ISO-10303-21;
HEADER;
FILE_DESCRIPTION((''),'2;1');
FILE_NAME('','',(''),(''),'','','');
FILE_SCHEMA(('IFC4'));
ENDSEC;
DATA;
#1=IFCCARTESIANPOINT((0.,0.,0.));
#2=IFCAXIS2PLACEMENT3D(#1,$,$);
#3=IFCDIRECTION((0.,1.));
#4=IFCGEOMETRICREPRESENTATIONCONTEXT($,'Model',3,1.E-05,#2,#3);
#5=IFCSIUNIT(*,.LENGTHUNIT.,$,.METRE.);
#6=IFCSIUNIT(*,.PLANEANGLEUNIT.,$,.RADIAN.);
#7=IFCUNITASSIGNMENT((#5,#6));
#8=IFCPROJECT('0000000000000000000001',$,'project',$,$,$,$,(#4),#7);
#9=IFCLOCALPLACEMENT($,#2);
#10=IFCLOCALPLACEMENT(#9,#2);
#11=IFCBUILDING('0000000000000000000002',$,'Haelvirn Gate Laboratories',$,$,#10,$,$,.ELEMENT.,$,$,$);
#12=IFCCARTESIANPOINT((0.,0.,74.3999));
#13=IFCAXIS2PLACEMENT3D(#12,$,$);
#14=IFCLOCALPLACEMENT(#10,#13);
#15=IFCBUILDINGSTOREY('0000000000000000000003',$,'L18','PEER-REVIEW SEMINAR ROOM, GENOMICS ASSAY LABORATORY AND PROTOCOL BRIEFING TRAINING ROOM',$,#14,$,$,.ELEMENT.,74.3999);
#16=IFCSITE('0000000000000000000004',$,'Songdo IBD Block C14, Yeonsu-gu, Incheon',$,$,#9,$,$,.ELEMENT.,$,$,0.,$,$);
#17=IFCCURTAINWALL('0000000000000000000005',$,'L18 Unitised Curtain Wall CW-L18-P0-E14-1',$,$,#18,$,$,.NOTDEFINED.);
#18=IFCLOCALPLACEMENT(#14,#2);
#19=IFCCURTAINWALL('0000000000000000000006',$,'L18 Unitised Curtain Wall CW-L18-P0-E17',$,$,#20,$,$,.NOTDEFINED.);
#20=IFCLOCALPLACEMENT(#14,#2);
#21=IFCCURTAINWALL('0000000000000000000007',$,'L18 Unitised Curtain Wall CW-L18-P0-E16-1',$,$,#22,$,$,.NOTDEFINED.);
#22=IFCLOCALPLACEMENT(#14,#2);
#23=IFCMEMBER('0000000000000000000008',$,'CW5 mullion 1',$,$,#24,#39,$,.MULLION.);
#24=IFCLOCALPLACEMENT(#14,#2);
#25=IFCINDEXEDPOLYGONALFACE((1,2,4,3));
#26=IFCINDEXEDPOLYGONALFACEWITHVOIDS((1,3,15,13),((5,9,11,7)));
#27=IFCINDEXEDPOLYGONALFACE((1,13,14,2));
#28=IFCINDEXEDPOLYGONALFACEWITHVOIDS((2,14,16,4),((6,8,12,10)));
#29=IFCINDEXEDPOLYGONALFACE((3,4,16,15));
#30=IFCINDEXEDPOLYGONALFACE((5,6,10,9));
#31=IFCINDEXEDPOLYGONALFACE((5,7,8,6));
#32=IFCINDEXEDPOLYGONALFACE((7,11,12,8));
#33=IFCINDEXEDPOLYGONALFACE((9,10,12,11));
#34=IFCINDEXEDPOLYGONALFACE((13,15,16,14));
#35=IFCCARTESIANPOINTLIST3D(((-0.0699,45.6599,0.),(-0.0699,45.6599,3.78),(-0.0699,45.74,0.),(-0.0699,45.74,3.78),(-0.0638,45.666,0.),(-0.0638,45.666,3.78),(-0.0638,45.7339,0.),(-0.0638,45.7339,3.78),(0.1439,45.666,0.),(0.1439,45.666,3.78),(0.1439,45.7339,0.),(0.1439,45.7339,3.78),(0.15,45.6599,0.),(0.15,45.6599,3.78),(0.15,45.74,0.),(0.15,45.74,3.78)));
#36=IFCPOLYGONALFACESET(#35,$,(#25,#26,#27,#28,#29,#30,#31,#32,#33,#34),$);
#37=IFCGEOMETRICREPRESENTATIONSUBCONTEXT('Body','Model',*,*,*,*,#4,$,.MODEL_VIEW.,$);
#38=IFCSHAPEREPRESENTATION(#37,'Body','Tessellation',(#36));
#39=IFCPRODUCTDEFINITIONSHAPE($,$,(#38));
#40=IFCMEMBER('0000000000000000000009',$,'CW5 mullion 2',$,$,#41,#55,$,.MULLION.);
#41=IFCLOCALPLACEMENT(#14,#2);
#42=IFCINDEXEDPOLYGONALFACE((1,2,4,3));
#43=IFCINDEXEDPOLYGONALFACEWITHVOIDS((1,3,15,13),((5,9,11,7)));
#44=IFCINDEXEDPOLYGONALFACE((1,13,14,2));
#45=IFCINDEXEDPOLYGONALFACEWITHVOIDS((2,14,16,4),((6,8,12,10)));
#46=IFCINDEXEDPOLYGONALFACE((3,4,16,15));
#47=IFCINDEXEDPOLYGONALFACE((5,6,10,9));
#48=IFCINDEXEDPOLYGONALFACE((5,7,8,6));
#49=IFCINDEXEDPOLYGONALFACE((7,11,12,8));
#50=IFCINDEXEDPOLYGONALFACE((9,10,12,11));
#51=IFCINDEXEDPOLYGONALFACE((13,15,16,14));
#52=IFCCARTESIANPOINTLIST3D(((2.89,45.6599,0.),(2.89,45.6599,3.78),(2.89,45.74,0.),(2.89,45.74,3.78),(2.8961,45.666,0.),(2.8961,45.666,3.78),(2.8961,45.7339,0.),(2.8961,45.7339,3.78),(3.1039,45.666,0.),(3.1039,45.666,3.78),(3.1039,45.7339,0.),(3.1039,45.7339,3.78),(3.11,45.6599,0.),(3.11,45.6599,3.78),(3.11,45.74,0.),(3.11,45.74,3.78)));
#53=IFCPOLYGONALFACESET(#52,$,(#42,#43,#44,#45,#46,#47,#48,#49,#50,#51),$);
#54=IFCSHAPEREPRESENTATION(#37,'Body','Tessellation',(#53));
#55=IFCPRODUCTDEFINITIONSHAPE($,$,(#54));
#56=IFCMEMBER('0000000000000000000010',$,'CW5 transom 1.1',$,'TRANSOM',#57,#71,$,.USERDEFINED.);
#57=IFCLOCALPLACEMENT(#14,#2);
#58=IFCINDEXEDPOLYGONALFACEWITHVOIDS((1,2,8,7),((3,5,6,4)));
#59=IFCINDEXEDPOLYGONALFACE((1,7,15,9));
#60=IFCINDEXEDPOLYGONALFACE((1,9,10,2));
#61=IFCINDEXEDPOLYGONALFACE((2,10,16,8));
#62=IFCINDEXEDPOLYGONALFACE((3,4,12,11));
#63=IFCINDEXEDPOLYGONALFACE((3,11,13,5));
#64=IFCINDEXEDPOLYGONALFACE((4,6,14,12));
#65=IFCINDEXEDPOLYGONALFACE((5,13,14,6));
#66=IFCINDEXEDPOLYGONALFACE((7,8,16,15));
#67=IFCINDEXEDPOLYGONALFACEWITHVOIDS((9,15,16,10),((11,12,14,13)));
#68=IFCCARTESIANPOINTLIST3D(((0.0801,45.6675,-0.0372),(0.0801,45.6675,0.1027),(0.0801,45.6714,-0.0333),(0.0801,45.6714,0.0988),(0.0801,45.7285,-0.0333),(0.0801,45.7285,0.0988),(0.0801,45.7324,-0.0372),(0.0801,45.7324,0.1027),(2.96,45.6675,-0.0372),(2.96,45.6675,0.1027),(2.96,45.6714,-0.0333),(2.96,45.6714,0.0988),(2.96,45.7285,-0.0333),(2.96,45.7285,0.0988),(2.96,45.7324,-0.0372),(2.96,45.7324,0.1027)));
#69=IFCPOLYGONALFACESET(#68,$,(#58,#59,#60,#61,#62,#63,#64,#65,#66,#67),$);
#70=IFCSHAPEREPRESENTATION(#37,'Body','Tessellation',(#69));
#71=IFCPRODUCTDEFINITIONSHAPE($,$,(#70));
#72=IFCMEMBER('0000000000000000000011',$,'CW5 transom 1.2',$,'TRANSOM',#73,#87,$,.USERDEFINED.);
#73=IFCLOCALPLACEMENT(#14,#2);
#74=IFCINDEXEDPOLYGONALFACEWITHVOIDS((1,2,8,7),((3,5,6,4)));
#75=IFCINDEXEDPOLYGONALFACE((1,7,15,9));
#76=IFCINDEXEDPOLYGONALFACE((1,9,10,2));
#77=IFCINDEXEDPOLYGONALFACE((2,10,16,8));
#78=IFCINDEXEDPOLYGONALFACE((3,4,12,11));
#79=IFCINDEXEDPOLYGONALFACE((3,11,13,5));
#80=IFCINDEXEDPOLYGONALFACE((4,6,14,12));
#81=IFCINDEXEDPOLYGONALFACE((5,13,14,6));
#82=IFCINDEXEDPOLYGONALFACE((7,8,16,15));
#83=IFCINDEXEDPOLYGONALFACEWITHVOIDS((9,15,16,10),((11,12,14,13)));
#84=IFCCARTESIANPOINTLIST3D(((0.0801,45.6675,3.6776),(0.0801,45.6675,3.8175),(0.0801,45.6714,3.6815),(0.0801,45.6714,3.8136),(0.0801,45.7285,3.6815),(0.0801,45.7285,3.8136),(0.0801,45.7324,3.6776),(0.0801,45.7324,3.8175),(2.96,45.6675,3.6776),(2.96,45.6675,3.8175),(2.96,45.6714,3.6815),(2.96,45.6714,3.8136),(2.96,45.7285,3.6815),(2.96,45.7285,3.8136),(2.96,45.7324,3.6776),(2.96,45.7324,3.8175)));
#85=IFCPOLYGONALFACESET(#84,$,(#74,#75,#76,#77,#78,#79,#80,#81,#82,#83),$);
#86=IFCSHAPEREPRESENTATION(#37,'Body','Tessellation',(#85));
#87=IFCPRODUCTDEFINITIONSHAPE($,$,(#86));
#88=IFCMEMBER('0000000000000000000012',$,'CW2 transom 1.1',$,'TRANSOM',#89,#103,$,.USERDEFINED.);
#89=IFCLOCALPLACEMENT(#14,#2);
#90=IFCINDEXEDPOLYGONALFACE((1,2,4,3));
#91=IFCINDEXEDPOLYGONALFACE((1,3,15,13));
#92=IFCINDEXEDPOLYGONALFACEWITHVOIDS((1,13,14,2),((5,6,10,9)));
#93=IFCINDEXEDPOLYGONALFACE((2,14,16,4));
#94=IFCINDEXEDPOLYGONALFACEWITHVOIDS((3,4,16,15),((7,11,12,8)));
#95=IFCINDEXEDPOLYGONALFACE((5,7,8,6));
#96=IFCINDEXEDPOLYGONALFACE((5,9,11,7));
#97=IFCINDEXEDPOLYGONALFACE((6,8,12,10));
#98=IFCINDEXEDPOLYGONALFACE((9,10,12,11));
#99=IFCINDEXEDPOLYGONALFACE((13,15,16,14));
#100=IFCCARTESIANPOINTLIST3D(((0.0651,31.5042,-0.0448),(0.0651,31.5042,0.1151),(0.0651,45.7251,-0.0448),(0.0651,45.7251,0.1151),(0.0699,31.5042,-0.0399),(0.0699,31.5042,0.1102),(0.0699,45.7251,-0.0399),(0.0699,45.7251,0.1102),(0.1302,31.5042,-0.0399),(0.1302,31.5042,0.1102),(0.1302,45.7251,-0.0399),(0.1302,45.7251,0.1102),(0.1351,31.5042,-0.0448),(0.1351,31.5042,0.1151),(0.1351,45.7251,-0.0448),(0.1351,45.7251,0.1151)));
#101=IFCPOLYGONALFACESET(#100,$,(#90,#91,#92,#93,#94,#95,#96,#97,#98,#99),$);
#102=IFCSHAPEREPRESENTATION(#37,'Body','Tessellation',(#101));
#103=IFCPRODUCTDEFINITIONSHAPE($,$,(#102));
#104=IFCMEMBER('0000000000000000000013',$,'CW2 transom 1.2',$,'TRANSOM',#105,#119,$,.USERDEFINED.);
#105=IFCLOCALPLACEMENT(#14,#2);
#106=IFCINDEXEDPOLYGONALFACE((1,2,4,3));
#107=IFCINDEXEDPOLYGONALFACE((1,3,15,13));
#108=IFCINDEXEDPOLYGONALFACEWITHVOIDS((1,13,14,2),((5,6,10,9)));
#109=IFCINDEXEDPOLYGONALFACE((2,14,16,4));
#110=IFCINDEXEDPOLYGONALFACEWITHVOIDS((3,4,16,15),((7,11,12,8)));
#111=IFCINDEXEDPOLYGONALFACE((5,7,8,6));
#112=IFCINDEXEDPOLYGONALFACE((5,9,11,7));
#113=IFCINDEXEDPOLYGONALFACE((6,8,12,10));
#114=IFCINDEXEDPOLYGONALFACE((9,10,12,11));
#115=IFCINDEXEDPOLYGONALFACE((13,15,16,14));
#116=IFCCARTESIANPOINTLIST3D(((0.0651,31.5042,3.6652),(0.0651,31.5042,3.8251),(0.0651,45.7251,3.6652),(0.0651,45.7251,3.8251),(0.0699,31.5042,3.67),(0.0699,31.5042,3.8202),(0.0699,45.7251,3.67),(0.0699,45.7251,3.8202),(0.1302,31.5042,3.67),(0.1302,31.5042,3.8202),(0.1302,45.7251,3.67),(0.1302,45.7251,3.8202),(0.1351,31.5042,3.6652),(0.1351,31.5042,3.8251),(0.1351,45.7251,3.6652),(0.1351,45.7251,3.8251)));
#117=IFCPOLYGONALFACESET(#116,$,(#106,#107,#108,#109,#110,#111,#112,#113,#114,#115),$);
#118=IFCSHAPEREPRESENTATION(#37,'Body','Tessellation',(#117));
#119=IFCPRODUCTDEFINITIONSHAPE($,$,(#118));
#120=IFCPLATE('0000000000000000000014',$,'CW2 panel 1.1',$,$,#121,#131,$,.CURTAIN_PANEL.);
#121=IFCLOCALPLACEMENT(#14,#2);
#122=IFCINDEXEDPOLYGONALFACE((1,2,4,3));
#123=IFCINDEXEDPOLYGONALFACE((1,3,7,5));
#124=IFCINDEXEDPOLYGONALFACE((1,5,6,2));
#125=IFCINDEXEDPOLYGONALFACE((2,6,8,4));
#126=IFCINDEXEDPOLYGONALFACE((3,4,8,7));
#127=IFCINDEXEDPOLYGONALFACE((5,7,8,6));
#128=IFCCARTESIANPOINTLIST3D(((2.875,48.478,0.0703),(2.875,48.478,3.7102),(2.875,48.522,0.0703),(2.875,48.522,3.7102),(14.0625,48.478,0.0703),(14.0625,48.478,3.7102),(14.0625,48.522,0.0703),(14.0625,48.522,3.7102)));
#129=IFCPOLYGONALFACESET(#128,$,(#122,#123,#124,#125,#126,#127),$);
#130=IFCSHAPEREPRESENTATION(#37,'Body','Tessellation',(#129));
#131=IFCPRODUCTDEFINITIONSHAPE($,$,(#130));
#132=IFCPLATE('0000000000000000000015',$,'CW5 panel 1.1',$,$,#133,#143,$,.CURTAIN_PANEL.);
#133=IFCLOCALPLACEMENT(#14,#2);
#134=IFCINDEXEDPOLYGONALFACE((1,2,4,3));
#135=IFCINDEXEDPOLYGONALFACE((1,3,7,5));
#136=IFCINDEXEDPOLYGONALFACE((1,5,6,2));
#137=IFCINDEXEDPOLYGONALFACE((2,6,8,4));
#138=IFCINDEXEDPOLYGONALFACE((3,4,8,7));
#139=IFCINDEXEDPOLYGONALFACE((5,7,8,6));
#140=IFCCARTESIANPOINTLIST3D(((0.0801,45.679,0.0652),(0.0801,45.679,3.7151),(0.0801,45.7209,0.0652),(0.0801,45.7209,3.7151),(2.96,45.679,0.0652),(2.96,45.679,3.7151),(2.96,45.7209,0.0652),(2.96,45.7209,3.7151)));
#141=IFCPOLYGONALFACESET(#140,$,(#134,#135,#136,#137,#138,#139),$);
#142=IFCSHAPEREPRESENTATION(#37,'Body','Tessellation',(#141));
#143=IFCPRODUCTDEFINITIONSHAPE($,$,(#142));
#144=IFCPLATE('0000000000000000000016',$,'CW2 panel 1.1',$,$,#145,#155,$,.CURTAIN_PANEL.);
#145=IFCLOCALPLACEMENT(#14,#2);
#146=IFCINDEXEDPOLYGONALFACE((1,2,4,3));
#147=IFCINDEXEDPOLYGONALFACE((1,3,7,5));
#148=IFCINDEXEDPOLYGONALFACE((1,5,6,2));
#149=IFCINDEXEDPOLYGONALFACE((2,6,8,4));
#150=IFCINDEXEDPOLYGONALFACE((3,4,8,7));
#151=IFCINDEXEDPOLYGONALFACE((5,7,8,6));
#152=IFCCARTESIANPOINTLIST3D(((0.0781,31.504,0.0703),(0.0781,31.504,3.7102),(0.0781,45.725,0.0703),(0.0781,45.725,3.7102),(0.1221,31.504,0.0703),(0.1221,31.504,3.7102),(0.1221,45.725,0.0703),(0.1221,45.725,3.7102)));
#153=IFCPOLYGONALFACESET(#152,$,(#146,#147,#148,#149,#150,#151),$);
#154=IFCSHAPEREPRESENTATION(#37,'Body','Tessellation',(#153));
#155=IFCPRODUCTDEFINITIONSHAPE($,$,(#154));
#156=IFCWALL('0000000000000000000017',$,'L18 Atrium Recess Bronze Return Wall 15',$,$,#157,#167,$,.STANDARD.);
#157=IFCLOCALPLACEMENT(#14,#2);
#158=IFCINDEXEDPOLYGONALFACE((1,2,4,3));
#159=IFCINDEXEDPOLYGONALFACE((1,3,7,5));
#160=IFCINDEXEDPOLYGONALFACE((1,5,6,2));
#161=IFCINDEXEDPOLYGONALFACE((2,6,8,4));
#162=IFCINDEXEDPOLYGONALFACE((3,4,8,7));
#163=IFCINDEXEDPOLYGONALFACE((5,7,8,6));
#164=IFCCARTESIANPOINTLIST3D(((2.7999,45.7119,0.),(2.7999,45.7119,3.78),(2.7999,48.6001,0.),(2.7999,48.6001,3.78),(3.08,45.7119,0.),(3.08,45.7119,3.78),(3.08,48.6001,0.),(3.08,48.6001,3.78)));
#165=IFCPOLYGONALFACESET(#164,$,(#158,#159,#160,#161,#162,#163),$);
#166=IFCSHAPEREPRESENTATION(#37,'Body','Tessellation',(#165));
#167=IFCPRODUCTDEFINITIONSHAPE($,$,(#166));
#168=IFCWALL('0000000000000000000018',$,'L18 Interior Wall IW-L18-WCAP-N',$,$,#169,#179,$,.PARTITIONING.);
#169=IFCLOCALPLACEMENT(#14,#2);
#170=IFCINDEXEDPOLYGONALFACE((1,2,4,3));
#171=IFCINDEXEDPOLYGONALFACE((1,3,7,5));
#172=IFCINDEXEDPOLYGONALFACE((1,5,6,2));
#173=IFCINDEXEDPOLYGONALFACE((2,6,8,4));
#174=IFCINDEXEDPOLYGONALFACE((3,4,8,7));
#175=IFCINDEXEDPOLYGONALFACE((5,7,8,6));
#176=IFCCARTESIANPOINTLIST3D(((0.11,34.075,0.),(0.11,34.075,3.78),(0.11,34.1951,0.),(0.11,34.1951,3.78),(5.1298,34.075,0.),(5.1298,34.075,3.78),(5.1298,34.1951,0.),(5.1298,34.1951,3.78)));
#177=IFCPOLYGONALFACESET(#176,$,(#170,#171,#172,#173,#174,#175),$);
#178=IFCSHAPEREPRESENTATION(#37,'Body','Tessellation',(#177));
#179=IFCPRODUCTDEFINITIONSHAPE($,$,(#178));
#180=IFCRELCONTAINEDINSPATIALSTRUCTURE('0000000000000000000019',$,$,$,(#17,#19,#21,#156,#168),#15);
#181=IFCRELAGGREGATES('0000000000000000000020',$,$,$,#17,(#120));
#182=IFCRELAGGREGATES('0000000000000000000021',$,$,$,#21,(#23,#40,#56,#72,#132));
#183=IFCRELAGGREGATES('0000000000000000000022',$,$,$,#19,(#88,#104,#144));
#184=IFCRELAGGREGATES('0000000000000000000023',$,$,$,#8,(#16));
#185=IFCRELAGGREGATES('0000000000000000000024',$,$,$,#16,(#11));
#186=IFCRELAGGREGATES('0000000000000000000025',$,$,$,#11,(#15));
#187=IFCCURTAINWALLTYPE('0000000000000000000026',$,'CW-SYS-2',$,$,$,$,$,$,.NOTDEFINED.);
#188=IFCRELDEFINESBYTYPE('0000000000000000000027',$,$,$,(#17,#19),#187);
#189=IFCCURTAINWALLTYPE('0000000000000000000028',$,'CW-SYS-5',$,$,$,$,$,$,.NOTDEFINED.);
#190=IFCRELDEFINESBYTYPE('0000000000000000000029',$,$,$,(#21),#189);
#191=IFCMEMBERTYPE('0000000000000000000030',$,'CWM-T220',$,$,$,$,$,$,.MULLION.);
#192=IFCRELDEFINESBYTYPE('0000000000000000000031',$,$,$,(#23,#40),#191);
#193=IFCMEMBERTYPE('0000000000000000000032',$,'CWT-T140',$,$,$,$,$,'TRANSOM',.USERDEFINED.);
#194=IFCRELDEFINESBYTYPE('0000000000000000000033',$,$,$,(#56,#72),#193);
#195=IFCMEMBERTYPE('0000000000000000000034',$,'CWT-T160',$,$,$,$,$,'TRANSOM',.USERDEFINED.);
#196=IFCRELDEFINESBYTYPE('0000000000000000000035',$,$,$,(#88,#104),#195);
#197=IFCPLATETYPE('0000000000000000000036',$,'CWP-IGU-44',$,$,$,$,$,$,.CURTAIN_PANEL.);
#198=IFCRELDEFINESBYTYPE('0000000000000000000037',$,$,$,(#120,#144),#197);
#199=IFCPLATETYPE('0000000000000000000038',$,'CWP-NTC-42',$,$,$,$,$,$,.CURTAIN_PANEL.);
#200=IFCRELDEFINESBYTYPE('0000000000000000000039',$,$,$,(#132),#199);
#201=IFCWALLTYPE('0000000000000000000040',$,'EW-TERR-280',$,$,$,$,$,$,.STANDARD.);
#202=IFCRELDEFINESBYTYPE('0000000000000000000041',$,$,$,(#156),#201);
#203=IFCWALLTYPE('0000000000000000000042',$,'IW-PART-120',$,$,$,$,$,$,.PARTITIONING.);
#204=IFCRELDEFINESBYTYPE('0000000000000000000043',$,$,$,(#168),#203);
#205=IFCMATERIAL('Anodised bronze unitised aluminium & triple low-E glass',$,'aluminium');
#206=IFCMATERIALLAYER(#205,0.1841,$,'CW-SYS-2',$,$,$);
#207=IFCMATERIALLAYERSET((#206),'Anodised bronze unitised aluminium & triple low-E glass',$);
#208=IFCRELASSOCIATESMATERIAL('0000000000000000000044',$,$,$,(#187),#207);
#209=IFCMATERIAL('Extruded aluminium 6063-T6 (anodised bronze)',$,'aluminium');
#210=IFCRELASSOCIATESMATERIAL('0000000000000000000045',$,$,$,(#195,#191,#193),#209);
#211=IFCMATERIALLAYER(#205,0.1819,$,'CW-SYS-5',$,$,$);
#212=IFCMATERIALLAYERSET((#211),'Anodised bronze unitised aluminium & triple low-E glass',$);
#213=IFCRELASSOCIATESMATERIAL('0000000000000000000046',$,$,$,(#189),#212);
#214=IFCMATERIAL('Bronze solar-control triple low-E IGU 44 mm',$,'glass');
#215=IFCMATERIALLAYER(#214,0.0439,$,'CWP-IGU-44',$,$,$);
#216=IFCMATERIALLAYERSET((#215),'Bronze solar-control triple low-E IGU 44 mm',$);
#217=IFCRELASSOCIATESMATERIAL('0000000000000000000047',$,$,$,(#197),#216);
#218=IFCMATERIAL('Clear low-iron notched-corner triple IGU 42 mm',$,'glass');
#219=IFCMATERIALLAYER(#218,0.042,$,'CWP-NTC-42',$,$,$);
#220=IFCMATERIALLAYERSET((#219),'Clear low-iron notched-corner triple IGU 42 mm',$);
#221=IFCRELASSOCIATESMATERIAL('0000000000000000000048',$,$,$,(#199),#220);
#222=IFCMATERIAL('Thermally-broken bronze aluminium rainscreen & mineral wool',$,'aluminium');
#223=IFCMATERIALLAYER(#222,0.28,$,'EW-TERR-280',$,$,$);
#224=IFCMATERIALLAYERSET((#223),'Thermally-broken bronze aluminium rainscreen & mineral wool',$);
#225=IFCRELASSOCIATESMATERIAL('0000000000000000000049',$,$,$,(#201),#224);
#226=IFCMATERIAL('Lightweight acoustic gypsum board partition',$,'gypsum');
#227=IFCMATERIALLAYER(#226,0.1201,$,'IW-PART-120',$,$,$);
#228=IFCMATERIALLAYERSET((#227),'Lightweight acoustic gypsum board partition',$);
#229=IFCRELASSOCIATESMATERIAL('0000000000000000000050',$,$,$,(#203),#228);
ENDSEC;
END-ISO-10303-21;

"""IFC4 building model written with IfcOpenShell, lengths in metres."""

from ifc_helpers import new_model, si_unit, direction, frame, frame_2d, origin, origin_2d, place, context, subcontext, project, spatial, rectangle, hollow_rectangle, extrude, source, transform, mapped, material, layer, layer_set, material_profile, profile_set, type_object, type_shapes, element, aggregate, save


model = new_model("IFC4")

# Units and contexts
model_context = context("Model", 3, precision=1e-05, world=origin(), true_north=direction((0.0, 1.0)))
body_context = subcontext(model_context, "Body", "Model", "MODEL_VIEW")
ifc_project = project(units=[si_unit("LENGTHUNIT", "METRE"), si_unit("PLANEANGLEUNIT", "RADIAN")], contexts=[model_context])

# Site, building, storey
site_placement = place(None, origin())
site = spatial("IfcSite", under=ifc_project, at=site_placement, Name="Songdo IBD Block C14, Yeonsu-gu, Incheon", CompositionType="ELEMENT", RefElevation=0.0)
building_placement = place(site_placement, origin())
building = spatial("IfcBuilding", under=site, at=building_placement, Name="Haelvirn Gate Laboratories", CompositionType="ELEMENT")
storey_placement = place(building_placement, frame((0.0, 0.0, 74.3999)))
storey = spatial("IfcBuildingStorey", under=building, at=storey_placement, Name="L18", Description="PEER-REVIEW SEMINAR ROOM, GENOMICS ASSAY LABORATORY AND PROTOCOL BRIEFING TRAINING ROOM", CompositionType="ELEMENT", Elevation=74.3999)

# Curtain walls
ifc_material_1 = material(Name="Anodised bronze unitised aluminium & triple low-E glass", Category="aluminium")
ifc_layer_1 = layer(ifc_material_1, 0.1841, Name="CW-SYS-2")
ifc_layer_set_1 = layer_set([ifc_layer_1], Name="Anodised bronze unitised aluminium & triple low-E glass")
curtain_wall_type_1 = type_object("IfcCurtainWallType", Name="CW-SYS-2", PredefinedType="NOTDEFINED", material=ifc_layer_set_1)
curtain_wall_1_placement = place(storey_placement, origin())
curtain_wall_1 = element("IfcCurtainWall", 1, at=curtain_wall_1_placement, inside=storey, type_object=curtain_wall_type_1, Name="L18 Unitised Curtain Wall CW-L18-P0-E14-1", PredefinedType="NOTDEFINED")
ifc_material_2 = material(Name="Extruded aluminium 6063-T6 (anodised bronze)", Category="aluminium")
curtain_wall_2_placement = place(storey_placement, origin())
curtain_wall_2 = element("IfcCurtainWall", 2, at=curtain_wall_2_placement, inside=storey, type_object=curtain_wall_type_1, Name="L18 Unitised Curtain Wall CW-L18-P0-E17", PredefinedType="NOTDEFINED")

# Shared definitions
ifc_material_profile_1 = material_profile(ifc_material_2, hollow_rectangle(XDim=0.0701, YDim=0.1599, WallThickness=0.0049, at=origin_2d()), Name="CWT-160x70x5")
ifc_profile_set_1 = profile_set([ifc_material_profile_1], Name="Extruded aluminium 6063-T6 (anodised bronze)")
member_type_1 = type_object("IfcMemberType", Name="CWT-T160", ElementType="TRANSOM", PredefinedType="USERDEFINED", material=ifc_profile_set_1)

# Curtain wall, members
ifc_layer_2 = layer(ifc_material_1, 0.1819, Name="CW-SYS-5")
ifc_layer_set_2 = layer_set([ifc_layer_2], Name="Anodised bronze unitised aluminium & triple low-E glass")
curtain_wall_type_2 = type_object("IfcCurtainWallType", Name="CW-SYS-5", PredefinedType="NOTDEFINED", material=ifc_layer_set_2)
curtain_wall_3_placement = place(storey_placement, origin())
curtain_wall_3 = element("IfcCurtainWall", 3, at=curtain_wall_3_placement, inside=storey, type_object=curtain_wall_type_2, Name="L18 Unitised Curtain Wall CW-L18-P0-E16-1", PredefinedType="NOTDEFINED")
ifc_material_profile_2 = material_profile(ifc_material_2, hollow_rectangle(XDim=0.0801, YDim=0.22, WallThickness=0.0061, at=origin_2d()), Name="CWM-220x80x6")
ifc_profile_set_2 = profile_set([ifc_material_profile_2], Name="Extruded aluminium 6063-T6 (anodised bronze)")
member_type_2 = type_object("IfcMemberType", Name="CWM-T220", PredefinedType="MULLION", material=ifc_profile_set_2)
shared_shape_1 = source(origin(), body_context, "Body", "SweptSolid", [
    extrude(hollow_rectangle(XDim=0.0801, YDim=0.22, WallThickness=0.0061, at=origin_2d()), origin(), (0.0, 0.0, 1.0), 3.78),
])
type_shapes(member_type_2, [shared_shape_1])
member_1_placement = place(storey_placement, frame((0.04, 45.7, 0.0), z_axis=(0.0, 0.0, 1.0), x_axis=(0.0, 1.0, 0.0)))
member_1 = element("IfcMember", 4, at=member_1_placement, type_object=member_type_2, Name="CW5 mullion 1", PredefinedType="MULLION", context=body_context, shape_type="MappedRepresentation", body=[
    mapped(shared_shape_1, transform((0.0, 0.0, 0.0), scale=1.0)),
])
member_2_placement = place(storey_placement, frame((3.0, 45.7, 0.0), z_axis=(0.0, 0.0, 1.0), x_axis=(0.0, 1.0, 0.0)))
member_2 = element("IfcMember", 5, at=member_2_placement, type_object=member_type_2, Name="CW5 mullion 2", PredefinedType="MULLION", context=body_context, shape_type="MappedRepresentation", body=[
    mapped(shared_shape_1, transform((0.0, 0.0, 0.0), scale=1.0)),
])
ifc_material_profile_3 = material_profile(ifc_material_2, hollow_rectangle(XDim=0.0649, YDim=0.1399, WallThickness=0.0039, at=origin_2d()), Name="CWT-140x65x4")
ifc_profile_set_3 = profile_set([ifc_material_profile_3], Name="Extruded aluminium 6063-T6 (anodised bronze)")
member_type_3 = type_object("IfcMemberType", Name="CWT-T140", ElementType="TRANSOM", PredefinedType="USERDEFINED", material=ifc_profile_set_3)
shared_shape_2 = source(origin(), body_context, "Body", "SweptSolid", [
    extrude(hollow_rectangle(XDim=0.0649, YDim=0.1399, WallThickness=0.0039, at=origin_2d()), origin(), (0.0, 0.0, 1.0), 2.8799),
])
type_shapes(member_type_3, [shared_shape_2])
member_3_placement = place(storey_placement, frame((0.0801, 45.7, 0.0327), z_axis=(1.0, 0.0, 0.0), x_axis=(0.0, 1.0, 0.0)))
member_3 = element("IfcMember", 6, at=member_3_placement, type_object=member_type_3, Name="CW5 transom 1.1", ObjectType="TRANSOM", PredefinedType="USERDEFINED", context=body_context, shape_type="MappedRepresentation", body=[
    mapped(shared_shape_2, transform((0.0, 0.0, 0.0), scale=1.0)),
])
member_4_placement = place(storey_placement, frame((0.0801, 45.7, 3.7476), z_axis=(1.0, 0.0, 0.0), x_axis=(0.0, 1.0, 0.0)))
member_4 = element("IfcMember", 7, at=member_4_placement, type_object=member_type_3, Name="CW5 transom 1.2", ObjectType="TRANSOM", PredefinedType="USERDEFINED", context=body_context, shape_type="MappedRepresentation", body=[
    mapped(shared_shape_2, transform((0.0, 0.0, 0.0), scale=1.0)),
])

# Members
shared_shape_3 = source(origin(), body_context, "Body", "SweptSolid", [
    extrude(hollow_rectangle(XDim=0.0701, YDim=0.1599, WallThickness=0.0049, at=origin_2d()), origin(), (0.0, 0.0, 1.0), 14.2209),
])
member_5_placement = place(storey_placement, frame((0.1001, 45.7251, 0.0352), z_axis=(0.0, -1.0, 0.0), x_axis=(1.0, 0.0, 0.0)))
member_5 = element("IfcMember", 8, at=member_5_placement, type_object=member_type_1, Name="CW2 transom 1.1", ObjectType="TRANSOM", PredefinedType="USERDEFINED", context=body_context, shape_type="MappedRepresentation", body=[
    mapped(shared_shape_3, transform((0.0, 0.0, 0.0), scale=1.0)),
])
member_6_placement = place(storey_placement, frame((0.1001, 45.7251, 3.7451), z_axis=(0.0, -1.0, 0.0), x_axis=(1.0, 0.0, 0.0)))
member_6 = element("IfcMember", 9, at=member_6_placement, type_object=member_type_1, Name="CW2 transom 1.2", ObjectType="TRANSOM", PredefinedType="USERDEFINED", context=body_context, shape_type="MappedRepresentation", body=[
    mapped(shared_shape_3, transform((0.0, 0.0, 0.0), scale=1.0)),
])

# Plates
ifc_material_3 = material(Name="Bronze solar-control triple low-E IGU 44 mm", Category="glass")
ifc_layer_3 = layer(ifc_material_3, 0.0439, Name="CWP-IGU-44")
ifc_layer_set_3 = layer_set([ifc_layer_3], Name="Bronze solar-control triple low-E IGU 44 mm")
plate_type_1 = type_object("IfcPlateType", Name="CWP-IGU-44", PredefinedType="CURTAIN_PANEL", material=ifc_layer_set_3)
shared_shape_4 = source(origin(), body_context, "Body", "SweptSolid", [
    extrude(rectangle(XDim=11.1875, YDim=0.0439, at=origin_2d()), origin(), (0.0, 0.0, 1.0), 3.6399),
])
plate_1_placement = place(storey_placement, frame((8.4688, 48.5, 0.0703), z_axis=(0.0, 0.0, 1.0), x_axis=(1.0, 0.0, 0.0)))
plate_1 = element("IfcPlate", 10, at=plate_1_placement, type_object=plate_type_1, Name="CW2 panel 1.1", PredefinedType="CURTAIN_PANEL", context=body_context, shape_type="MappedRepresentation", body=[
    mapped(shared_shape_4, transform((0.0, 0.0, 0.0), scale=1.0)),
])
aggregate(curtain_wall_1, [plate_1])
ifc_material_4 = material(Name="Clear low-iron notched-corner triple IGU 42 mm", Category="glass")
ifc_layer_4 = layer(ifc_material_4, 0.042, Name="CWP-NTC-42")
ifc_layer_set_4 = layer_set([ifc_layer_4], Name="Clear low-iron notched-corner triple IGU 42 mm")
plate_type_2 = type_object("IfcPlateType", Name="CWP-NTC-42", PredefinedType="CURTAIN_PANEL", material=ifc_layer_set_4)
shared_shape_5 = source(origin(), body_context, "Body", "SweptSolid", [
    extrude(rectangle(XDim=2.8799, YDim=0.042, at=origin_2d()), origin(), (0.0, 0.0, 1.0), 3.6499),
])
type_shapes(plate_type_2, [shared_shape_5])
plate_2_placement = place(storey_placement, frame((1.52, 45.7, 0.0652), z_axis=(0.0, 0.0, 1.0), x_axis=(1.0, 0.0, 0.0)))
plate_2 = element("IfcPlate", 11, at=plate_2_placement, type_object=plate_type_2, Name="CW5 panel 1.1", PredefinedType="CURTAIN_PANEL", context=body_context, shape_type="MappedRepresentation", body=[
    mapped(shared_shape_5, transform((0.0, 0.0, 0.0), scale=1.0)),
])
aggregate(curtain_wall_3, [member_1, member_2, member_3, member_4, plate_2])
shared_shape_6 = source(origin(), body_context, "Body", "SweptSolid", [
    extrude(rectangle(XDim=14.2209, YDim=0.0439, at=origin_2d()), origin(), (0.0, 0.0, 1.0), 3.6399),
])
type_shapes(plate_type_1, [shared_shape_4, shared_shape_6])
plate_3_placement = place(storey_placement, frame((0.1001, 38.6145, 0.0703), z_axis=(0.0, 0.0, 1.0), x_axis=(0.0, -1.0, 0.0)))
plate_3 = element("IfcPlate", 12, at=plate_3_placement, type_object=plate_type_1, Name="CW2 panel 1.1", PredefinedType="CURTAIN_PANEL", context=body_context, shape_type="MappedRepresentation", body=[
    mapped(shared_shape_6, transform((0.0, 0.0, 0.0), scale=1.0)),
])
aggregate(curtain_wall_2, [member_5, member_6, plate_3])

# Walls
ifc_material_5 = material(Name="Thermally-broken bronze aluminium rainscreen & mineral wool", Category="aluminium")
ifc_layer_5 = layer(ifc_material_5, 0.28, Name="EW-TERR-280")
ifc_layer_set_5 = layer_set([ifc_layer_5], Name="Thermally-broken bronze aluminium rainscreen & mineral wool")
wall_type_1 = type_object("IfcWallType", Name="EW-TERR-280", PredefinedType="STANDARD", material=ifc_layer_set_5)
wall_1_placement = place(storey_placement, frame((2.9399, 48.6001, 0.0), z_axis=(0.0, 0.0, 1.0), x_axis=(0.0, -1.0, 0.0)))
element("IfcWall", 13, at=wall_1_placement, inside=storey, type_object=wall_type_1, Name="L18 Atrium Recess Bronze Return Wall 15", PredefinedType="STANDARD", context=body_context, shape_type="SweptSolid", body=[
    extrude(rectangle(XDim=2.8882, YDim=0.28, at=frame_2d((1.4441, 0.0))), origin(), (0.0, 0.0, 1.0), 3.78),
])
ifc_material_6 = material(Name="Lightweight acoustic gypsum board partition", Category="gypsum")
ifc_layer_6 = layer(ifc_material_6, 0.1201, Name="IW-PART-120")
ifc_layer_set_6 = layer_set([ifc_layer_6], Name="Lightweight acoustic gypsum board partition")
wall_type_2 = type_object("IfcWallType", Name="IW-PART-120", PredefinedType="PARTITIONING", material=ifc_layer_set_6)
wall_2_placement = place(storey_placement, frame((0.1101, 34.135, 0.0), z_axis=(0.0, 0.0, 1.0), x_axis=(1.0, 0.0, 0.0)))
element("IfcWall", 14, at=wall_2_placement, inside=storey, type_object=wall_type_2, Name="L18 Interior Wall IW-L18-WCAP-N", PredefinedType="PARTITIONING", context=body_context, shape_type="SweptSolid", body=[
    extrude(rectangle(XDim=5.0198, YDim=0.1201, at=frame_2d((2.5098, 0.0))), origin(), (0.0, 0.0, 1.0), 3.78),
])

save(model, "model.ifc")
